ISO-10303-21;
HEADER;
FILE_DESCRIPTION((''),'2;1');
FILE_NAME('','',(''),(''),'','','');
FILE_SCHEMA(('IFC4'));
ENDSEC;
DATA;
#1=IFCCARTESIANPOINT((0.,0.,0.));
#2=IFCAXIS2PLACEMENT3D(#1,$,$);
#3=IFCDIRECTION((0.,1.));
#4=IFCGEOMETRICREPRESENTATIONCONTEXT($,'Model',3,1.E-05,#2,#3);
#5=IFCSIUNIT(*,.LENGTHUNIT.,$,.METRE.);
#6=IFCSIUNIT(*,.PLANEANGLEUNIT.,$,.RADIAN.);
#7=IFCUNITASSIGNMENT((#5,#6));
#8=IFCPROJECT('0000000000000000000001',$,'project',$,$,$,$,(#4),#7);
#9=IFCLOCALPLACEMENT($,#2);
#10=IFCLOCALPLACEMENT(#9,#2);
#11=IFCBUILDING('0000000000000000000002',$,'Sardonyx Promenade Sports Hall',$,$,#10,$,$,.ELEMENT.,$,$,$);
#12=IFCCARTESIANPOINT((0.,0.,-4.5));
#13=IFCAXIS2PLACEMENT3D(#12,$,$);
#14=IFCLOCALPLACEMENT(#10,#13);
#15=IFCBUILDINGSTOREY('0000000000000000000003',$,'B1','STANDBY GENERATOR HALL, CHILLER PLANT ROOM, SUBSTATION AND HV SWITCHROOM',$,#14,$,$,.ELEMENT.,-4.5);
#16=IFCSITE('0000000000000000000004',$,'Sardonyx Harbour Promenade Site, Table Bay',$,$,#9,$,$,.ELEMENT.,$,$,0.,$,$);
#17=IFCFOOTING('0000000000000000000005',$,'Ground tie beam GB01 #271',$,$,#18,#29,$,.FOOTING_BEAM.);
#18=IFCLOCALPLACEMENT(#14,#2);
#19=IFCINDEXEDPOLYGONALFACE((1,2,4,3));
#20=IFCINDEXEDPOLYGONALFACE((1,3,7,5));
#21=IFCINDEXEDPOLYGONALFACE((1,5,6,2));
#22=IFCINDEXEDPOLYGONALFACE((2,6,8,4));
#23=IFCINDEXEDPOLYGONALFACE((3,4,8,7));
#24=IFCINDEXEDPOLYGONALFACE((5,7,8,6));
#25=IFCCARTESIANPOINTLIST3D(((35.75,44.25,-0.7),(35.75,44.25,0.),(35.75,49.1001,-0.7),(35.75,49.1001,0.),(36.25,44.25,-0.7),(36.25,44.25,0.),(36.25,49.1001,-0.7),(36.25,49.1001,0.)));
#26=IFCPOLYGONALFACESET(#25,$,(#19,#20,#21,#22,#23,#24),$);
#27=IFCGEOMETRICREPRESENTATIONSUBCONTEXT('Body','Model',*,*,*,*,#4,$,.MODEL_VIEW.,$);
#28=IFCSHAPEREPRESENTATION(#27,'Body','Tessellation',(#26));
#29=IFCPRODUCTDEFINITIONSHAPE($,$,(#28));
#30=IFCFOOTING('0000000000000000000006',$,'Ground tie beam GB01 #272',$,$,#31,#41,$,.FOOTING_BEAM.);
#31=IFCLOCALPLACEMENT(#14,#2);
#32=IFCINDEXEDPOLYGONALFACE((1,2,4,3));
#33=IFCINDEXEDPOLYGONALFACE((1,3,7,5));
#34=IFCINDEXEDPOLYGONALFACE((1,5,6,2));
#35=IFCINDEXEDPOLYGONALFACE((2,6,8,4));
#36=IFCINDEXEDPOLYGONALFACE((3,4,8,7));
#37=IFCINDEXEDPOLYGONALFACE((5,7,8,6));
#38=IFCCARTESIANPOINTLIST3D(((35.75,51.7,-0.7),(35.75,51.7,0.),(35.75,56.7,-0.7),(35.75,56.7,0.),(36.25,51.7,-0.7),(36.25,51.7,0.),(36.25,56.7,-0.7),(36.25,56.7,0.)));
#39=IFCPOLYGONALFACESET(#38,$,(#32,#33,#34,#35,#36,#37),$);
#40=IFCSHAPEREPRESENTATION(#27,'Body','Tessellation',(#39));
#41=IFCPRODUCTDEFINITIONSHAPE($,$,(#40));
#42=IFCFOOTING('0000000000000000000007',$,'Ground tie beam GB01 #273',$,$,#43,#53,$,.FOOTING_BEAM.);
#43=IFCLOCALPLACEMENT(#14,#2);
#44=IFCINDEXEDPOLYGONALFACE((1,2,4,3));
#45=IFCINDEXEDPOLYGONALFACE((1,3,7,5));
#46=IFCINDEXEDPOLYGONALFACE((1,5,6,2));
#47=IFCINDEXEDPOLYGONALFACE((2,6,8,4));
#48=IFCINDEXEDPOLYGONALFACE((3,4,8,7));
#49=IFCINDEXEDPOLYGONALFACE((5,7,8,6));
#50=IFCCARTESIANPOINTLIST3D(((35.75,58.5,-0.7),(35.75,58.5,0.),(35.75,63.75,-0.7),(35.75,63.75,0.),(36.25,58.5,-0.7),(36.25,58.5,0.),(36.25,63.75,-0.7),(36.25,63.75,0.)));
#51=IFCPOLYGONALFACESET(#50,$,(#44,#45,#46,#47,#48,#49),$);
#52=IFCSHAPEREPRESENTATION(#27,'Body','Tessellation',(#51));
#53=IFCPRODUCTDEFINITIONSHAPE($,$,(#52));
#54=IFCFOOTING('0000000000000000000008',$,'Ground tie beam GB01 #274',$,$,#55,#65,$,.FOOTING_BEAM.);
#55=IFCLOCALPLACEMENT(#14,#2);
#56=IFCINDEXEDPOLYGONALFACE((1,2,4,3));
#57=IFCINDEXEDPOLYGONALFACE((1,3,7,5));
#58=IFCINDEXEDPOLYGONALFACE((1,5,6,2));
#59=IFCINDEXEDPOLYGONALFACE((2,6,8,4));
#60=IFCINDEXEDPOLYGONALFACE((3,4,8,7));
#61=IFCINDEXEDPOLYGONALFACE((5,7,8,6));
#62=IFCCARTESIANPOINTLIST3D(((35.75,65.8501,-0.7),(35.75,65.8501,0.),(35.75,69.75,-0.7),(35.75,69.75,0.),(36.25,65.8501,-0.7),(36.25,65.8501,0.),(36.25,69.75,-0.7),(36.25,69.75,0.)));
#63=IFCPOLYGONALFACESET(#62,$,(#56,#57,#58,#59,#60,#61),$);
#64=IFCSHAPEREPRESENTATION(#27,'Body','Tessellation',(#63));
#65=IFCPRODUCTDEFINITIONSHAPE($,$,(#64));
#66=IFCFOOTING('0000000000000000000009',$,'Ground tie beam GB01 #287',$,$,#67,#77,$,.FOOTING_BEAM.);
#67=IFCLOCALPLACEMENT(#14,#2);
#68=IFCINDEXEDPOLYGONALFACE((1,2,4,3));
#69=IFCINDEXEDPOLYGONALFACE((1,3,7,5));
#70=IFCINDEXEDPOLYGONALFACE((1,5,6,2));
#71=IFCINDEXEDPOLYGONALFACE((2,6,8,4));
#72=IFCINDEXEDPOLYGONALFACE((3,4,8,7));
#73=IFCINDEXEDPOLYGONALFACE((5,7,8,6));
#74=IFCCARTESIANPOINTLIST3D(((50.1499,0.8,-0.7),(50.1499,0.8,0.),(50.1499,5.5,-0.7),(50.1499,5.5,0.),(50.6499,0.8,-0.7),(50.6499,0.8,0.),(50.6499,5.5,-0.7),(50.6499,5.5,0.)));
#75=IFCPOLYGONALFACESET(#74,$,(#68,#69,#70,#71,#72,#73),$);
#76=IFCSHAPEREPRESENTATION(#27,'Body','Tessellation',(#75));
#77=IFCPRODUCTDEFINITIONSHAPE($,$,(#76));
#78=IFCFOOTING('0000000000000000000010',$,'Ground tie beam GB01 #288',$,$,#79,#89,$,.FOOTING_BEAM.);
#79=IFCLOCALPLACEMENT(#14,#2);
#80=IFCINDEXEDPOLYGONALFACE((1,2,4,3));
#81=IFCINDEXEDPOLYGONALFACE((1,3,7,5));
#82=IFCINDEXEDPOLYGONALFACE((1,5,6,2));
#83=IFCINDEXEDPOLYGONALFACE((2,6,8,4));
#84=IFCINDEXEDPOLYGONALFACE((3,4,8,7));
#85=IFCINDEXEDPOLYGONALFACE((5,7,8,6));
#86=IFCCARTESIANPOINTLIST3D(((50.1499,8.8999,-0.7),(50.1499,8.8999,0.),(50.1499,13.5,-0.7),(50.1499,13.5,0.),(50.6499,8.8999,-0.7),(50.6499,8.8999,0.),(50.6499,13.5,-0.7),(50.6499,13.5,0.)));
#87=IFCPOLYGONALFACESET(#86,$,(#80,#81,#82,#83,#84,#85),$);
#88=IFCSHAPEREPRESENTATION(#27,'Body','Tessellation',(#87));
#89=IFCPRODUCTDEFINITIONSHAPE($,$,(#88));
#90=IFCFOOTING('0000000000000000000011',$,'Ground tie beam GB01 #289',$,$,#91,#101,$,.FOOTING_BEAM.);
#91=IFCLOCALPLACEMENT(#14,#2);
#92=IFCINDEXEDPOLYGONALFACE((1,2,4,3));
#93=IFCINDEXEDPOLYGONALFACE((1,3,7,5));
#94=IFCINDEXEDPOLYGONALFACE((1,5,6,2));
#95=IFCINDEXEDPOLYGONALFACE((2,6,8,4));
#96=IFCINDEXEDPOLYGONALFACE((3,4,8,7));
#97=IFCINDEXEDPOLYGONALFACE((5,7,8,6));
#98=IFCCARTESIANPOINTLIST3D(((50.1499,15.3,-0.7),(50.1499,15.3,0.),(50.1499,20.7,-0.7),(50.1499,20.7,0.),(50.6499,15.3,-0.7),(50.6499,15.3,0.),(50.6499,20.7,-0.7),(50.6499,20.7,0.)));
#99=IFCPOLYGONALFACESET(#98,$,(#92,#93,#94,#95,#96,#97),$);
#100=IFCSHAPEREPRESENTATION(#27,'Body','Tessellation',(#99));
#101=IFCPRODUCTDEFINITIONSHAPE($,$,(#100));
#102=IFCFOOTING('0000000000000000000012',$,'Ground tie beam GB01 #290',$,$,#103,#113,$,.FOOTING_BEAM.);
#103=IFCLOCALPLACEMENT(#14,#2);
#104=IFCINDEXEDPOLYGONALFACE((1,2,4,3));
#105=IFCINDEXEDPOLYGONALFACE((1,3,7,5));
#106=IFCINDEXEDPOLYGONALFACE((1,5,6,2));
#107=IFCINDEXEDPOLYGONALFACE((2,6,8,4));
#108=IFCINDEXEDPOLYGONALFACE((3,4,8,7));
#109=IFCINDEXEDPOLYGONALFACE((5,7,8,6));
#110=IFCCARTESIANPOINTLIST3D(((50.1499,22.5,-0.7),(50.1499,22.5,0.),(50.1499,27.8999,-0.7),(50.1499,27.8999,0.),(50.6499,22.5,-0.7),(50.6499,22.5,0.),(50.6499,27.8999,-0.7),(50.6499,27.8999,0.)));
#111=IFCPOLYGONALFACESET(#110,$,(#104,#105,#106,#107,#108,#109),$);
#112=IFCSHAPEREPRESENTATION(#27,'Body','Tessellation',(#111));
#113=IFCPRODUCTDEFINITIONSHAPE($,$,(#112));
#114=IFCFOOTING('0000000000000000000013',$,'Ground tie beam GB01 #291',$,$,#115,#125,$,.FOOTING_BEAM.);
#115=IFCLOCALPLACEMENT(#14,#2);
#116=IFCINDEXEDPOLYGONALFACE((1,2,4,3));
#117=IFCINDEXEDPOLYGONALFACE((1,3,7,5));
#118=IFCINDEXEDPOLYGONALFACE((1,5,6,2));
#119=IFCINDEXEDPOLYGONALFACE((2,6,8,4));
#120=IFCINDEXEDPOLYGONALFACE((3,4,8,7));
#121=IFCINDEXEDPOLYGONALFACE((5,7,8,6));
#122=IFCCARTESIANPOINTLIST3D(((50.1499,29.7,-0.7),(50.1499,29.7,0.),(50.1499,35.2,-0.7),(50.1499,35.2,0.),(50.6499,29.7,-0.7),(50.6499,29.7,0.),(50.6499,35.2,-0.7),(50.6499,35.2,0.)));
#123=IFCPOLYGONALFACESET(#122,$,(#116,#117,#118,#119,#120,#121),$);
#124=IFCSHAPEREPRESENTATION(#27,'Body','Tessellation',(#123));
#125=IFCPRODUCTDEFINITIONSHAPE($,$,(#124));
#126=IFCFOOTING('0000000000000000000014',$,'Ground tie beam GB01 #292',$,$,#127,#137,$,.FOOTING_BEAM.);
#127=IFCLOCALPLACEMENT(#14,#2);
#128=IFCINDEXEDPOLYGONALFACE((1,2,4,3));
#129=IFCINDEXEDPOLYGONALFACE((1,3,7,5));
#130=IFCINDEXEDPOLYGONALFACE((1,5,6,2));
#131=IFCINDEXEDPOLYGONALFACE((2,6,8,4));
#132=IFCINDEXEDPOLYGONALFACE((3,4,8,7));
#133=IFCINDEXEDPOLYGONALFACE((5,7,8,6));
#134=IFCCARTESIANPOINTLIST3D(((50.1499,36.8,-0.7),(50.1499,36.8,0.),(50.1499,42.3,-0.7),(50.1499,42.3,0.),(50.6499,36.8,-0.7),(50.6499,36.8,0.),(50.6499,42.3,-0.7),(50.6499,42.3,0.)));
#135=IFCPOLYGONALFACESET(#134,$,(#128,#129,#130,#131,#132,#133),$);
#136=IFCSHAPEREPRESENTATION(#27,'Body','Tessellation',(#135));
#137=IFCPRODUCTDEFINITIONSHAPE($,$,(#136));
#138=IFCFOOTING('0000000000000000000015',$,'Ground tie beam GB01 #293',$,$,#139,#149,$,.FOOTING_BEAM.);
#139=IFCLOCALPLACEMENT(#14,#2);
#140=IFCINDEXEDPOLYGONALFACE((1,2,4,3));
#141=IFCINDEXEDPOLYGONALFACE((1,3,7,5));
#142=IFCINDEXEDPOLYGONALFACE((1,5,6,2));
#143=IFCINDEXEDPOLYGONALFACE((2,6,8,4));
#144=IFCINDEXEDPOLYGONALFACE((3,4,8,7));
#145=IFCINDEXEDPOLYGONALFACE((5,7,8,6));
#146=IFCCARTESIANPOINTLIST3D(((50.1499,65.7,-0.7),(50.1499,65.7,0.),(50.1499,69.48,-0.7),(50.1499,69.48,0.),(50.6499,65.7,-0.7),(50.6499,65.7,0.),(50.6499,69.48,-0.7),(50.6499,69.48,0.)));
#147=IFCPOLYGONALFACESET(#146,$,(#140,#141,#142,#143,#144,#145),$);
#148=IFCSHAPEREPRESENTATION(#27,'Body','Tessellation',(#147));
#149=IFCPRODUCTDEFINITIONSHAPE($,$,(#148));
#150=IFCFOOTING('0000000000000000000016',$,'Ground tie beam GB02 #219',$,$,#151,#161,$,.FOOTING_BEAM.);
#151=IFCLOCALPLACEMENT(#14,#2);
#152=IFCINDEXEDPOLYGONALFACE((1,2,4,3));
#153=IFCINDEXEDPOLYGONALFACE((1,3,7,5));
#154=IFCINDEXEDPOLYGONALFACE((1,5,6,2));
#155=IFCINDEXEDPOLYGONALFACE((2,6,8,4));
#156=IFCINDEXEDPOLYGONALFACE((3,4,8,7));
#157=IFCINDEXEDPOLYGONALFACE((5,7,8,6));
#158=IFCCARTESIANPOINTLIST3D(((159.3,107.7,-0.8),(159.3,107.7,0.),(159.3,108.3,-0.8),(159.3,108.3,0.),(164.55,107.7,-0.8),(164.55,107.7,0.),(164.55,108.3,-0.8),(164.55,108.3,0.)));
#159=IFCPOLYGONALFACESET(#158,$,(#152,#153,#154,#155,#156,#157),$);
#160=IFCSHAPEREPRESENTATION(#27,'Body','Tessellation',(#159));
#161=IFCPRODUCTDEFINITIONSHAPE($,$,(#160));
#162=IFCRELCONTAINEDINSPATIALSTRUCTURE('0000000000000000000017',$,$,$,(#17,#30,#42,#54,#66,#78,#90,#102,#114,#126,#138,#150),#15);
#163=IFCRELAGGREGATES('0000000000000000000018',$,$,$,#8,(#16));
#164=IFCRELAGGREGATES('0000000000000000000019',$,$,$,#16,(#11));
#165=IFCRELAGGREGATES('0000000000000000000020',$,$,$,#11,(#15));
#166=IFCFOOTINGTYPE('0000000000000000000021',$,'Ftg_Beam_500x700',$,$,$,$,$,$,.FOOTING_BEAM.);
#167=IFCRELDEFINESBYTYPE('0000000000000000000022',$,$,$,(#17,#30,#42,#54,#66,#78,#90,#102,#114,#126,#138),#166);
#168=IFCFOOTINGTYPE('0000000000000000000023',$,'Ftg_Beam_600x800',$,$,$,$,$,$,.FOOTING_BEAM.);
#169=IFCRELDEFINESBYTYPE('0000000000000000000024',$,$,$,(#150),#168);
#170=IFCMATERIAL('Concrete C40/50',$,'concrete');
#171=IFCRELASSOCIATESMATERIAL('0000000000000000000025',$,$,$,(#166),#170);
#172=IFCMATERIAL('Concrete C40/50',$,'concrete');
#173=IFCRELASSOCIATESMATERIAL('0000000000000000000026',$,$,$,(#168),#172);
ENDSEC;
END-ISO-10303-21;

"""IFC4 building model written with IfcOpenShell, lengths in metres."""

from ifc_helpers import new_model, si_unit, direction, frame, origin, place, context, subcontext, project, spatial, polyline, outline, extrude, material, type_object, element, save


model = new_model("IFC4")

# Units and contexts
model_context = context("Model", 3, precision=1e-05, world=origin(), true_north=direction((0.0, 1.0)))
body_context = subcontext(model_context, "Body", "Model", "MODEL_VIEW")
ifc_project = project(units=[si_unit("LENGTHUNIT", "METRE"), si_unit("PLANEANGLEUNIT", "RADIAN")], contexts=[model_context])

# Site, building, storey
site_placement = place(None, origin())
site = spatial("IfcSite", under=ifc_project, at=site_placement, Name="Sardonyx Harbour Promenade Site, Table Bay", CompositionType="ELEMENT", RefElevation=0.0)
building_placement = place(site_placement, origin())
building = spatial("IfcBuilding", under=site, at=building_placement, Name="Sardonyx Promenade Sports Hall", CompositionType="ELEMENT")
storey_placement = place(building_placement, frame((0.0, 0.0, -4.5)))
storey = spatial("IfcBuildingStorey", under=building, at=storey_placement, Name="B1", Description="STANDBY GENERATOR HALL, CHILLER PLANT ROOM, SUBSTATION AND HV SWITCHROOM", CompositionType="ELEMENT", Elevation=-4.5)

# Footings
ifc_material_1 = material(Name="Concrete C40/50", Category="concrete")
footing_type_1 = type_object("IfcFootingType", Name="Ftg_Beam_500x700", PredefinedType="FOOTING_BEAM", material=ifc_material_1)
footing_1_placement = place(storey_placement, frame((0.0, 0.0, -0.7)))
element("IfcFooting", 1, at=footing_1_placement, inside=storey, type_object=footing_type_1, Name="Ground tie beam GB01 #271", PredefinedType="FOOTING_BEAM", context=body_context, shape_type="SweptSolid", body=[
    extrude(outline(polyline([(35.75, 44.25), (36.25, 44.25), (36.25, 49.1001), (35.75, 49.1001), (35.75, 44.25)])), origin(), (0.0, 0.0, 1.0), 0.7),
])
footing_2_placement = place(storey_placement, frame((0.0, 0.0, -0.7)))
element("IfcFooting", 2, at=footing_2_placement, inside=storey, type_object=footing_type_1, Name="Ground tie beam GB01 #272", PredefinedType="FOOTING_BEAM", context=body_context, shape_type="SweptSolid", body=[
    extrude(outline(polyline([(35.75, 51.7), (36.25, 51.7), (36.25, 56.7), (35.75, 56.7), (35.75, 51.7)])), origin(), (0.0, 0.0, 1.0), 0.7),
])
footing_3_placement = place(storey_placement, frame((0.0, 0.0, -0.7)))
element("IfcFooting", 3, at=footing_3_placement, inside=storey, type_object=footing_type_1, Name="Ground tie beam GB01 #273", PredefinedType="FOOTING_BEAM", context=body_context, shape_type="SweptSolid", body=[
    extrude(outline(polyline([(35.75, 58.5), (36.25, 58.5), (36.25, 63.75), (35.75, 63.75), (35.75, 58.5)])), origin(), (0.0, 0.0, 1.0), 0.7),
])
footing_4_placement = place(storey_placement, frame((0.0, 0.0, -0.7)))
element("IfcFooting", 4, at=footing_4_placement, inside=storey, type_object=footing_type_1, Name="Ground tie beam GB01 #274", PredefinedType="FOOTING_BEAM", context=body_context, shape_type="SweptSolid", body=[
    extrude(outline(polyline([(35.75, 65.8501), (36.25, 65.8501), (36.25, 69.75), (35.75, 69.75), (35.75, 65.8501)])), origin(), (0.0, 0.0, 1.0), 0.7),
])
footing_5_placement = place(storey_placement, frame((0.0, 0.0, -0.7)))
element("IfcFooting", 5, at=footing_5_placement, inside=storey, type_object=footing_type_1, Name="Ground tie beam GB01 #287", PredefinedType="FOOTING_BEAM", context=body_context, shape_type="SweptSolid", body=[
    extrude(outline(polyline([(50.1499, 0.8), (50.6499, 0.8), (50.6499, 5.5), (50.1499, 5.5), (50.1499, 0.8)])), origin(), (0.0, 0.0, 1.0), 0.7),
])
footing_6_placement = place(storey_placement, frame((0.0, 0.0, -0.7)))
element("IfcFooting", 6, at=footing_6_placement, inside=storey, type_object=footing_type_1, Name="Ground tie beam GB01 #288", PredefinedType="FOOTING_BEAM", context=body_context, shape_type="SweptSolid", body=[
    extrude(outline(polyline([(50.1499, 8.8999), (50.6499, 8.8999), (50.6499, 13.5), (50.1499, 13.5), (50.1499, 8.8999)])), origin(), (0.0, 0.0, 1.0), 0.7),
])
footing_7_placement = place(storey_placement, frame((0.0, 0.0, -0.7)))
element("IfcFooting", 7, at=footing_7_placement, inside=storey, type_object=footing_type_1, Name="Ground tie beam GB01 #289", PredefinedType="FOOTING_BEAM", context=body_context, shape_type="SweptSolid", body=[
    extrude(outline(polyline([(50.1499, 15.3), (50.6499, 15.3), (50.6499, 20.7), (50.1499, 20.7), (50.1499, 15.3)])), origin(), (0.0, 0.0, 1.0), 0.7),
])
footing_8_placement = place(storey_placement, frame((0.0, 0.0, -0.7)))
element("IfcFooting", 8, at=footing_8_placement, inside=storey, type_object=footing_type_1, Name="Ground tie beam GB01 #290", PredefinedType="FOOTING_BEAM", context=body_context, shape_type="SweptSolid", body=[
    extrude(outline(polyline([(50.1499, 22.5), (50.6499, 22.5), (50.6499, 27.8999), (50.1499, 27.8999), (50.1499, 22.5)])), origin(), (0.0, 0.0, 1.0), 0.7),
])
footing_9_placement = place(storey_placement, frame((0.0, 0.0, -0.7)))
element("IfcFooting", 9, at=footing_9_placement, inside=storey, type_object=footing_type_1, Name="Ground tie beam GB01 #291", PredefinedType="FOOTING_BEAM", context=body_context, shape_type="SweptSolid", body=[
    extrude(outline(polyline([(50.1499, 29.7), (50.6499, 29.7), (50.6499, 35.2), (50.1499, 35.2), (50.1499, 29.7)])), origin(), (0.0, 0.0, 1.0), 0.7),
])
footing_10_placement = place(storey_placement, frame((0.0, 0.0, -0.7)))
element("IfcFooting", 10, at=footing_10_placement, inside=storey, type_object=footing_type_1, Name="Ground tie beam GB01 #292", PredefinedType="FOOTING_BEAM", context=body_context, shape_type="SweptSolid", body=[
    extrude(outline(polyline([(50.1499, 36.8), (50.6499, 36.8), (50.6499, 42.3), (50.1499, 42.3), (50.1499, 36.8)])), origin(), (0.0, 0.0, 1.0), 0.7),
])
footing_11_placement = place(storey_placement, frame((0.0, 0.0, -0.7)))
element("IfcFooting", 11, at=footing_11_placement, inside=storey, type_object=footing_type_1, Name="Ground tie beam GB01 #293", PredefinedType="FOOTING_BEAM", context=body_context, shape_type="SweptSolid", body=[
    extrude(outline(polyline([(50.1499, 65.7), (50.6499, 65.7), (50.6499, 69.48), (50.1499, 69.48), (50.1499, 65.7)])), origin(), (0.0, 0.0, 1.0), 0.7),
])
ifc_material_2 = material(Name="Concrete C40/50", Category="concrete")
footing_type_2 = type_object("IfcFootingType", Name="Ftg_Beam_600x800", PredefinedType="FOOTING_BEAM", material=ifc_material_2)
footing_12_placement = place(storey_placement, frame((0.0, 0.0, -0.8)))
element("IfcFooting", 12, at=footing_12_placement, inside=storey, type_object=footing_type_2, Name="Ground tie beam GB02 #219", PredefinedType="FOOTING_BEAM", context=body_context, shape_type="SweptSolid", body=[
    extrude(outline(polyline([(159.3, 107.7), (164.55, 107.7), (164.55, 108.3), (159.3, 108.3), (159.3, 107.7)])), origin(), (0.0, 0.0, 1.0), 0.8),
])

save(model, "model.ifc")
